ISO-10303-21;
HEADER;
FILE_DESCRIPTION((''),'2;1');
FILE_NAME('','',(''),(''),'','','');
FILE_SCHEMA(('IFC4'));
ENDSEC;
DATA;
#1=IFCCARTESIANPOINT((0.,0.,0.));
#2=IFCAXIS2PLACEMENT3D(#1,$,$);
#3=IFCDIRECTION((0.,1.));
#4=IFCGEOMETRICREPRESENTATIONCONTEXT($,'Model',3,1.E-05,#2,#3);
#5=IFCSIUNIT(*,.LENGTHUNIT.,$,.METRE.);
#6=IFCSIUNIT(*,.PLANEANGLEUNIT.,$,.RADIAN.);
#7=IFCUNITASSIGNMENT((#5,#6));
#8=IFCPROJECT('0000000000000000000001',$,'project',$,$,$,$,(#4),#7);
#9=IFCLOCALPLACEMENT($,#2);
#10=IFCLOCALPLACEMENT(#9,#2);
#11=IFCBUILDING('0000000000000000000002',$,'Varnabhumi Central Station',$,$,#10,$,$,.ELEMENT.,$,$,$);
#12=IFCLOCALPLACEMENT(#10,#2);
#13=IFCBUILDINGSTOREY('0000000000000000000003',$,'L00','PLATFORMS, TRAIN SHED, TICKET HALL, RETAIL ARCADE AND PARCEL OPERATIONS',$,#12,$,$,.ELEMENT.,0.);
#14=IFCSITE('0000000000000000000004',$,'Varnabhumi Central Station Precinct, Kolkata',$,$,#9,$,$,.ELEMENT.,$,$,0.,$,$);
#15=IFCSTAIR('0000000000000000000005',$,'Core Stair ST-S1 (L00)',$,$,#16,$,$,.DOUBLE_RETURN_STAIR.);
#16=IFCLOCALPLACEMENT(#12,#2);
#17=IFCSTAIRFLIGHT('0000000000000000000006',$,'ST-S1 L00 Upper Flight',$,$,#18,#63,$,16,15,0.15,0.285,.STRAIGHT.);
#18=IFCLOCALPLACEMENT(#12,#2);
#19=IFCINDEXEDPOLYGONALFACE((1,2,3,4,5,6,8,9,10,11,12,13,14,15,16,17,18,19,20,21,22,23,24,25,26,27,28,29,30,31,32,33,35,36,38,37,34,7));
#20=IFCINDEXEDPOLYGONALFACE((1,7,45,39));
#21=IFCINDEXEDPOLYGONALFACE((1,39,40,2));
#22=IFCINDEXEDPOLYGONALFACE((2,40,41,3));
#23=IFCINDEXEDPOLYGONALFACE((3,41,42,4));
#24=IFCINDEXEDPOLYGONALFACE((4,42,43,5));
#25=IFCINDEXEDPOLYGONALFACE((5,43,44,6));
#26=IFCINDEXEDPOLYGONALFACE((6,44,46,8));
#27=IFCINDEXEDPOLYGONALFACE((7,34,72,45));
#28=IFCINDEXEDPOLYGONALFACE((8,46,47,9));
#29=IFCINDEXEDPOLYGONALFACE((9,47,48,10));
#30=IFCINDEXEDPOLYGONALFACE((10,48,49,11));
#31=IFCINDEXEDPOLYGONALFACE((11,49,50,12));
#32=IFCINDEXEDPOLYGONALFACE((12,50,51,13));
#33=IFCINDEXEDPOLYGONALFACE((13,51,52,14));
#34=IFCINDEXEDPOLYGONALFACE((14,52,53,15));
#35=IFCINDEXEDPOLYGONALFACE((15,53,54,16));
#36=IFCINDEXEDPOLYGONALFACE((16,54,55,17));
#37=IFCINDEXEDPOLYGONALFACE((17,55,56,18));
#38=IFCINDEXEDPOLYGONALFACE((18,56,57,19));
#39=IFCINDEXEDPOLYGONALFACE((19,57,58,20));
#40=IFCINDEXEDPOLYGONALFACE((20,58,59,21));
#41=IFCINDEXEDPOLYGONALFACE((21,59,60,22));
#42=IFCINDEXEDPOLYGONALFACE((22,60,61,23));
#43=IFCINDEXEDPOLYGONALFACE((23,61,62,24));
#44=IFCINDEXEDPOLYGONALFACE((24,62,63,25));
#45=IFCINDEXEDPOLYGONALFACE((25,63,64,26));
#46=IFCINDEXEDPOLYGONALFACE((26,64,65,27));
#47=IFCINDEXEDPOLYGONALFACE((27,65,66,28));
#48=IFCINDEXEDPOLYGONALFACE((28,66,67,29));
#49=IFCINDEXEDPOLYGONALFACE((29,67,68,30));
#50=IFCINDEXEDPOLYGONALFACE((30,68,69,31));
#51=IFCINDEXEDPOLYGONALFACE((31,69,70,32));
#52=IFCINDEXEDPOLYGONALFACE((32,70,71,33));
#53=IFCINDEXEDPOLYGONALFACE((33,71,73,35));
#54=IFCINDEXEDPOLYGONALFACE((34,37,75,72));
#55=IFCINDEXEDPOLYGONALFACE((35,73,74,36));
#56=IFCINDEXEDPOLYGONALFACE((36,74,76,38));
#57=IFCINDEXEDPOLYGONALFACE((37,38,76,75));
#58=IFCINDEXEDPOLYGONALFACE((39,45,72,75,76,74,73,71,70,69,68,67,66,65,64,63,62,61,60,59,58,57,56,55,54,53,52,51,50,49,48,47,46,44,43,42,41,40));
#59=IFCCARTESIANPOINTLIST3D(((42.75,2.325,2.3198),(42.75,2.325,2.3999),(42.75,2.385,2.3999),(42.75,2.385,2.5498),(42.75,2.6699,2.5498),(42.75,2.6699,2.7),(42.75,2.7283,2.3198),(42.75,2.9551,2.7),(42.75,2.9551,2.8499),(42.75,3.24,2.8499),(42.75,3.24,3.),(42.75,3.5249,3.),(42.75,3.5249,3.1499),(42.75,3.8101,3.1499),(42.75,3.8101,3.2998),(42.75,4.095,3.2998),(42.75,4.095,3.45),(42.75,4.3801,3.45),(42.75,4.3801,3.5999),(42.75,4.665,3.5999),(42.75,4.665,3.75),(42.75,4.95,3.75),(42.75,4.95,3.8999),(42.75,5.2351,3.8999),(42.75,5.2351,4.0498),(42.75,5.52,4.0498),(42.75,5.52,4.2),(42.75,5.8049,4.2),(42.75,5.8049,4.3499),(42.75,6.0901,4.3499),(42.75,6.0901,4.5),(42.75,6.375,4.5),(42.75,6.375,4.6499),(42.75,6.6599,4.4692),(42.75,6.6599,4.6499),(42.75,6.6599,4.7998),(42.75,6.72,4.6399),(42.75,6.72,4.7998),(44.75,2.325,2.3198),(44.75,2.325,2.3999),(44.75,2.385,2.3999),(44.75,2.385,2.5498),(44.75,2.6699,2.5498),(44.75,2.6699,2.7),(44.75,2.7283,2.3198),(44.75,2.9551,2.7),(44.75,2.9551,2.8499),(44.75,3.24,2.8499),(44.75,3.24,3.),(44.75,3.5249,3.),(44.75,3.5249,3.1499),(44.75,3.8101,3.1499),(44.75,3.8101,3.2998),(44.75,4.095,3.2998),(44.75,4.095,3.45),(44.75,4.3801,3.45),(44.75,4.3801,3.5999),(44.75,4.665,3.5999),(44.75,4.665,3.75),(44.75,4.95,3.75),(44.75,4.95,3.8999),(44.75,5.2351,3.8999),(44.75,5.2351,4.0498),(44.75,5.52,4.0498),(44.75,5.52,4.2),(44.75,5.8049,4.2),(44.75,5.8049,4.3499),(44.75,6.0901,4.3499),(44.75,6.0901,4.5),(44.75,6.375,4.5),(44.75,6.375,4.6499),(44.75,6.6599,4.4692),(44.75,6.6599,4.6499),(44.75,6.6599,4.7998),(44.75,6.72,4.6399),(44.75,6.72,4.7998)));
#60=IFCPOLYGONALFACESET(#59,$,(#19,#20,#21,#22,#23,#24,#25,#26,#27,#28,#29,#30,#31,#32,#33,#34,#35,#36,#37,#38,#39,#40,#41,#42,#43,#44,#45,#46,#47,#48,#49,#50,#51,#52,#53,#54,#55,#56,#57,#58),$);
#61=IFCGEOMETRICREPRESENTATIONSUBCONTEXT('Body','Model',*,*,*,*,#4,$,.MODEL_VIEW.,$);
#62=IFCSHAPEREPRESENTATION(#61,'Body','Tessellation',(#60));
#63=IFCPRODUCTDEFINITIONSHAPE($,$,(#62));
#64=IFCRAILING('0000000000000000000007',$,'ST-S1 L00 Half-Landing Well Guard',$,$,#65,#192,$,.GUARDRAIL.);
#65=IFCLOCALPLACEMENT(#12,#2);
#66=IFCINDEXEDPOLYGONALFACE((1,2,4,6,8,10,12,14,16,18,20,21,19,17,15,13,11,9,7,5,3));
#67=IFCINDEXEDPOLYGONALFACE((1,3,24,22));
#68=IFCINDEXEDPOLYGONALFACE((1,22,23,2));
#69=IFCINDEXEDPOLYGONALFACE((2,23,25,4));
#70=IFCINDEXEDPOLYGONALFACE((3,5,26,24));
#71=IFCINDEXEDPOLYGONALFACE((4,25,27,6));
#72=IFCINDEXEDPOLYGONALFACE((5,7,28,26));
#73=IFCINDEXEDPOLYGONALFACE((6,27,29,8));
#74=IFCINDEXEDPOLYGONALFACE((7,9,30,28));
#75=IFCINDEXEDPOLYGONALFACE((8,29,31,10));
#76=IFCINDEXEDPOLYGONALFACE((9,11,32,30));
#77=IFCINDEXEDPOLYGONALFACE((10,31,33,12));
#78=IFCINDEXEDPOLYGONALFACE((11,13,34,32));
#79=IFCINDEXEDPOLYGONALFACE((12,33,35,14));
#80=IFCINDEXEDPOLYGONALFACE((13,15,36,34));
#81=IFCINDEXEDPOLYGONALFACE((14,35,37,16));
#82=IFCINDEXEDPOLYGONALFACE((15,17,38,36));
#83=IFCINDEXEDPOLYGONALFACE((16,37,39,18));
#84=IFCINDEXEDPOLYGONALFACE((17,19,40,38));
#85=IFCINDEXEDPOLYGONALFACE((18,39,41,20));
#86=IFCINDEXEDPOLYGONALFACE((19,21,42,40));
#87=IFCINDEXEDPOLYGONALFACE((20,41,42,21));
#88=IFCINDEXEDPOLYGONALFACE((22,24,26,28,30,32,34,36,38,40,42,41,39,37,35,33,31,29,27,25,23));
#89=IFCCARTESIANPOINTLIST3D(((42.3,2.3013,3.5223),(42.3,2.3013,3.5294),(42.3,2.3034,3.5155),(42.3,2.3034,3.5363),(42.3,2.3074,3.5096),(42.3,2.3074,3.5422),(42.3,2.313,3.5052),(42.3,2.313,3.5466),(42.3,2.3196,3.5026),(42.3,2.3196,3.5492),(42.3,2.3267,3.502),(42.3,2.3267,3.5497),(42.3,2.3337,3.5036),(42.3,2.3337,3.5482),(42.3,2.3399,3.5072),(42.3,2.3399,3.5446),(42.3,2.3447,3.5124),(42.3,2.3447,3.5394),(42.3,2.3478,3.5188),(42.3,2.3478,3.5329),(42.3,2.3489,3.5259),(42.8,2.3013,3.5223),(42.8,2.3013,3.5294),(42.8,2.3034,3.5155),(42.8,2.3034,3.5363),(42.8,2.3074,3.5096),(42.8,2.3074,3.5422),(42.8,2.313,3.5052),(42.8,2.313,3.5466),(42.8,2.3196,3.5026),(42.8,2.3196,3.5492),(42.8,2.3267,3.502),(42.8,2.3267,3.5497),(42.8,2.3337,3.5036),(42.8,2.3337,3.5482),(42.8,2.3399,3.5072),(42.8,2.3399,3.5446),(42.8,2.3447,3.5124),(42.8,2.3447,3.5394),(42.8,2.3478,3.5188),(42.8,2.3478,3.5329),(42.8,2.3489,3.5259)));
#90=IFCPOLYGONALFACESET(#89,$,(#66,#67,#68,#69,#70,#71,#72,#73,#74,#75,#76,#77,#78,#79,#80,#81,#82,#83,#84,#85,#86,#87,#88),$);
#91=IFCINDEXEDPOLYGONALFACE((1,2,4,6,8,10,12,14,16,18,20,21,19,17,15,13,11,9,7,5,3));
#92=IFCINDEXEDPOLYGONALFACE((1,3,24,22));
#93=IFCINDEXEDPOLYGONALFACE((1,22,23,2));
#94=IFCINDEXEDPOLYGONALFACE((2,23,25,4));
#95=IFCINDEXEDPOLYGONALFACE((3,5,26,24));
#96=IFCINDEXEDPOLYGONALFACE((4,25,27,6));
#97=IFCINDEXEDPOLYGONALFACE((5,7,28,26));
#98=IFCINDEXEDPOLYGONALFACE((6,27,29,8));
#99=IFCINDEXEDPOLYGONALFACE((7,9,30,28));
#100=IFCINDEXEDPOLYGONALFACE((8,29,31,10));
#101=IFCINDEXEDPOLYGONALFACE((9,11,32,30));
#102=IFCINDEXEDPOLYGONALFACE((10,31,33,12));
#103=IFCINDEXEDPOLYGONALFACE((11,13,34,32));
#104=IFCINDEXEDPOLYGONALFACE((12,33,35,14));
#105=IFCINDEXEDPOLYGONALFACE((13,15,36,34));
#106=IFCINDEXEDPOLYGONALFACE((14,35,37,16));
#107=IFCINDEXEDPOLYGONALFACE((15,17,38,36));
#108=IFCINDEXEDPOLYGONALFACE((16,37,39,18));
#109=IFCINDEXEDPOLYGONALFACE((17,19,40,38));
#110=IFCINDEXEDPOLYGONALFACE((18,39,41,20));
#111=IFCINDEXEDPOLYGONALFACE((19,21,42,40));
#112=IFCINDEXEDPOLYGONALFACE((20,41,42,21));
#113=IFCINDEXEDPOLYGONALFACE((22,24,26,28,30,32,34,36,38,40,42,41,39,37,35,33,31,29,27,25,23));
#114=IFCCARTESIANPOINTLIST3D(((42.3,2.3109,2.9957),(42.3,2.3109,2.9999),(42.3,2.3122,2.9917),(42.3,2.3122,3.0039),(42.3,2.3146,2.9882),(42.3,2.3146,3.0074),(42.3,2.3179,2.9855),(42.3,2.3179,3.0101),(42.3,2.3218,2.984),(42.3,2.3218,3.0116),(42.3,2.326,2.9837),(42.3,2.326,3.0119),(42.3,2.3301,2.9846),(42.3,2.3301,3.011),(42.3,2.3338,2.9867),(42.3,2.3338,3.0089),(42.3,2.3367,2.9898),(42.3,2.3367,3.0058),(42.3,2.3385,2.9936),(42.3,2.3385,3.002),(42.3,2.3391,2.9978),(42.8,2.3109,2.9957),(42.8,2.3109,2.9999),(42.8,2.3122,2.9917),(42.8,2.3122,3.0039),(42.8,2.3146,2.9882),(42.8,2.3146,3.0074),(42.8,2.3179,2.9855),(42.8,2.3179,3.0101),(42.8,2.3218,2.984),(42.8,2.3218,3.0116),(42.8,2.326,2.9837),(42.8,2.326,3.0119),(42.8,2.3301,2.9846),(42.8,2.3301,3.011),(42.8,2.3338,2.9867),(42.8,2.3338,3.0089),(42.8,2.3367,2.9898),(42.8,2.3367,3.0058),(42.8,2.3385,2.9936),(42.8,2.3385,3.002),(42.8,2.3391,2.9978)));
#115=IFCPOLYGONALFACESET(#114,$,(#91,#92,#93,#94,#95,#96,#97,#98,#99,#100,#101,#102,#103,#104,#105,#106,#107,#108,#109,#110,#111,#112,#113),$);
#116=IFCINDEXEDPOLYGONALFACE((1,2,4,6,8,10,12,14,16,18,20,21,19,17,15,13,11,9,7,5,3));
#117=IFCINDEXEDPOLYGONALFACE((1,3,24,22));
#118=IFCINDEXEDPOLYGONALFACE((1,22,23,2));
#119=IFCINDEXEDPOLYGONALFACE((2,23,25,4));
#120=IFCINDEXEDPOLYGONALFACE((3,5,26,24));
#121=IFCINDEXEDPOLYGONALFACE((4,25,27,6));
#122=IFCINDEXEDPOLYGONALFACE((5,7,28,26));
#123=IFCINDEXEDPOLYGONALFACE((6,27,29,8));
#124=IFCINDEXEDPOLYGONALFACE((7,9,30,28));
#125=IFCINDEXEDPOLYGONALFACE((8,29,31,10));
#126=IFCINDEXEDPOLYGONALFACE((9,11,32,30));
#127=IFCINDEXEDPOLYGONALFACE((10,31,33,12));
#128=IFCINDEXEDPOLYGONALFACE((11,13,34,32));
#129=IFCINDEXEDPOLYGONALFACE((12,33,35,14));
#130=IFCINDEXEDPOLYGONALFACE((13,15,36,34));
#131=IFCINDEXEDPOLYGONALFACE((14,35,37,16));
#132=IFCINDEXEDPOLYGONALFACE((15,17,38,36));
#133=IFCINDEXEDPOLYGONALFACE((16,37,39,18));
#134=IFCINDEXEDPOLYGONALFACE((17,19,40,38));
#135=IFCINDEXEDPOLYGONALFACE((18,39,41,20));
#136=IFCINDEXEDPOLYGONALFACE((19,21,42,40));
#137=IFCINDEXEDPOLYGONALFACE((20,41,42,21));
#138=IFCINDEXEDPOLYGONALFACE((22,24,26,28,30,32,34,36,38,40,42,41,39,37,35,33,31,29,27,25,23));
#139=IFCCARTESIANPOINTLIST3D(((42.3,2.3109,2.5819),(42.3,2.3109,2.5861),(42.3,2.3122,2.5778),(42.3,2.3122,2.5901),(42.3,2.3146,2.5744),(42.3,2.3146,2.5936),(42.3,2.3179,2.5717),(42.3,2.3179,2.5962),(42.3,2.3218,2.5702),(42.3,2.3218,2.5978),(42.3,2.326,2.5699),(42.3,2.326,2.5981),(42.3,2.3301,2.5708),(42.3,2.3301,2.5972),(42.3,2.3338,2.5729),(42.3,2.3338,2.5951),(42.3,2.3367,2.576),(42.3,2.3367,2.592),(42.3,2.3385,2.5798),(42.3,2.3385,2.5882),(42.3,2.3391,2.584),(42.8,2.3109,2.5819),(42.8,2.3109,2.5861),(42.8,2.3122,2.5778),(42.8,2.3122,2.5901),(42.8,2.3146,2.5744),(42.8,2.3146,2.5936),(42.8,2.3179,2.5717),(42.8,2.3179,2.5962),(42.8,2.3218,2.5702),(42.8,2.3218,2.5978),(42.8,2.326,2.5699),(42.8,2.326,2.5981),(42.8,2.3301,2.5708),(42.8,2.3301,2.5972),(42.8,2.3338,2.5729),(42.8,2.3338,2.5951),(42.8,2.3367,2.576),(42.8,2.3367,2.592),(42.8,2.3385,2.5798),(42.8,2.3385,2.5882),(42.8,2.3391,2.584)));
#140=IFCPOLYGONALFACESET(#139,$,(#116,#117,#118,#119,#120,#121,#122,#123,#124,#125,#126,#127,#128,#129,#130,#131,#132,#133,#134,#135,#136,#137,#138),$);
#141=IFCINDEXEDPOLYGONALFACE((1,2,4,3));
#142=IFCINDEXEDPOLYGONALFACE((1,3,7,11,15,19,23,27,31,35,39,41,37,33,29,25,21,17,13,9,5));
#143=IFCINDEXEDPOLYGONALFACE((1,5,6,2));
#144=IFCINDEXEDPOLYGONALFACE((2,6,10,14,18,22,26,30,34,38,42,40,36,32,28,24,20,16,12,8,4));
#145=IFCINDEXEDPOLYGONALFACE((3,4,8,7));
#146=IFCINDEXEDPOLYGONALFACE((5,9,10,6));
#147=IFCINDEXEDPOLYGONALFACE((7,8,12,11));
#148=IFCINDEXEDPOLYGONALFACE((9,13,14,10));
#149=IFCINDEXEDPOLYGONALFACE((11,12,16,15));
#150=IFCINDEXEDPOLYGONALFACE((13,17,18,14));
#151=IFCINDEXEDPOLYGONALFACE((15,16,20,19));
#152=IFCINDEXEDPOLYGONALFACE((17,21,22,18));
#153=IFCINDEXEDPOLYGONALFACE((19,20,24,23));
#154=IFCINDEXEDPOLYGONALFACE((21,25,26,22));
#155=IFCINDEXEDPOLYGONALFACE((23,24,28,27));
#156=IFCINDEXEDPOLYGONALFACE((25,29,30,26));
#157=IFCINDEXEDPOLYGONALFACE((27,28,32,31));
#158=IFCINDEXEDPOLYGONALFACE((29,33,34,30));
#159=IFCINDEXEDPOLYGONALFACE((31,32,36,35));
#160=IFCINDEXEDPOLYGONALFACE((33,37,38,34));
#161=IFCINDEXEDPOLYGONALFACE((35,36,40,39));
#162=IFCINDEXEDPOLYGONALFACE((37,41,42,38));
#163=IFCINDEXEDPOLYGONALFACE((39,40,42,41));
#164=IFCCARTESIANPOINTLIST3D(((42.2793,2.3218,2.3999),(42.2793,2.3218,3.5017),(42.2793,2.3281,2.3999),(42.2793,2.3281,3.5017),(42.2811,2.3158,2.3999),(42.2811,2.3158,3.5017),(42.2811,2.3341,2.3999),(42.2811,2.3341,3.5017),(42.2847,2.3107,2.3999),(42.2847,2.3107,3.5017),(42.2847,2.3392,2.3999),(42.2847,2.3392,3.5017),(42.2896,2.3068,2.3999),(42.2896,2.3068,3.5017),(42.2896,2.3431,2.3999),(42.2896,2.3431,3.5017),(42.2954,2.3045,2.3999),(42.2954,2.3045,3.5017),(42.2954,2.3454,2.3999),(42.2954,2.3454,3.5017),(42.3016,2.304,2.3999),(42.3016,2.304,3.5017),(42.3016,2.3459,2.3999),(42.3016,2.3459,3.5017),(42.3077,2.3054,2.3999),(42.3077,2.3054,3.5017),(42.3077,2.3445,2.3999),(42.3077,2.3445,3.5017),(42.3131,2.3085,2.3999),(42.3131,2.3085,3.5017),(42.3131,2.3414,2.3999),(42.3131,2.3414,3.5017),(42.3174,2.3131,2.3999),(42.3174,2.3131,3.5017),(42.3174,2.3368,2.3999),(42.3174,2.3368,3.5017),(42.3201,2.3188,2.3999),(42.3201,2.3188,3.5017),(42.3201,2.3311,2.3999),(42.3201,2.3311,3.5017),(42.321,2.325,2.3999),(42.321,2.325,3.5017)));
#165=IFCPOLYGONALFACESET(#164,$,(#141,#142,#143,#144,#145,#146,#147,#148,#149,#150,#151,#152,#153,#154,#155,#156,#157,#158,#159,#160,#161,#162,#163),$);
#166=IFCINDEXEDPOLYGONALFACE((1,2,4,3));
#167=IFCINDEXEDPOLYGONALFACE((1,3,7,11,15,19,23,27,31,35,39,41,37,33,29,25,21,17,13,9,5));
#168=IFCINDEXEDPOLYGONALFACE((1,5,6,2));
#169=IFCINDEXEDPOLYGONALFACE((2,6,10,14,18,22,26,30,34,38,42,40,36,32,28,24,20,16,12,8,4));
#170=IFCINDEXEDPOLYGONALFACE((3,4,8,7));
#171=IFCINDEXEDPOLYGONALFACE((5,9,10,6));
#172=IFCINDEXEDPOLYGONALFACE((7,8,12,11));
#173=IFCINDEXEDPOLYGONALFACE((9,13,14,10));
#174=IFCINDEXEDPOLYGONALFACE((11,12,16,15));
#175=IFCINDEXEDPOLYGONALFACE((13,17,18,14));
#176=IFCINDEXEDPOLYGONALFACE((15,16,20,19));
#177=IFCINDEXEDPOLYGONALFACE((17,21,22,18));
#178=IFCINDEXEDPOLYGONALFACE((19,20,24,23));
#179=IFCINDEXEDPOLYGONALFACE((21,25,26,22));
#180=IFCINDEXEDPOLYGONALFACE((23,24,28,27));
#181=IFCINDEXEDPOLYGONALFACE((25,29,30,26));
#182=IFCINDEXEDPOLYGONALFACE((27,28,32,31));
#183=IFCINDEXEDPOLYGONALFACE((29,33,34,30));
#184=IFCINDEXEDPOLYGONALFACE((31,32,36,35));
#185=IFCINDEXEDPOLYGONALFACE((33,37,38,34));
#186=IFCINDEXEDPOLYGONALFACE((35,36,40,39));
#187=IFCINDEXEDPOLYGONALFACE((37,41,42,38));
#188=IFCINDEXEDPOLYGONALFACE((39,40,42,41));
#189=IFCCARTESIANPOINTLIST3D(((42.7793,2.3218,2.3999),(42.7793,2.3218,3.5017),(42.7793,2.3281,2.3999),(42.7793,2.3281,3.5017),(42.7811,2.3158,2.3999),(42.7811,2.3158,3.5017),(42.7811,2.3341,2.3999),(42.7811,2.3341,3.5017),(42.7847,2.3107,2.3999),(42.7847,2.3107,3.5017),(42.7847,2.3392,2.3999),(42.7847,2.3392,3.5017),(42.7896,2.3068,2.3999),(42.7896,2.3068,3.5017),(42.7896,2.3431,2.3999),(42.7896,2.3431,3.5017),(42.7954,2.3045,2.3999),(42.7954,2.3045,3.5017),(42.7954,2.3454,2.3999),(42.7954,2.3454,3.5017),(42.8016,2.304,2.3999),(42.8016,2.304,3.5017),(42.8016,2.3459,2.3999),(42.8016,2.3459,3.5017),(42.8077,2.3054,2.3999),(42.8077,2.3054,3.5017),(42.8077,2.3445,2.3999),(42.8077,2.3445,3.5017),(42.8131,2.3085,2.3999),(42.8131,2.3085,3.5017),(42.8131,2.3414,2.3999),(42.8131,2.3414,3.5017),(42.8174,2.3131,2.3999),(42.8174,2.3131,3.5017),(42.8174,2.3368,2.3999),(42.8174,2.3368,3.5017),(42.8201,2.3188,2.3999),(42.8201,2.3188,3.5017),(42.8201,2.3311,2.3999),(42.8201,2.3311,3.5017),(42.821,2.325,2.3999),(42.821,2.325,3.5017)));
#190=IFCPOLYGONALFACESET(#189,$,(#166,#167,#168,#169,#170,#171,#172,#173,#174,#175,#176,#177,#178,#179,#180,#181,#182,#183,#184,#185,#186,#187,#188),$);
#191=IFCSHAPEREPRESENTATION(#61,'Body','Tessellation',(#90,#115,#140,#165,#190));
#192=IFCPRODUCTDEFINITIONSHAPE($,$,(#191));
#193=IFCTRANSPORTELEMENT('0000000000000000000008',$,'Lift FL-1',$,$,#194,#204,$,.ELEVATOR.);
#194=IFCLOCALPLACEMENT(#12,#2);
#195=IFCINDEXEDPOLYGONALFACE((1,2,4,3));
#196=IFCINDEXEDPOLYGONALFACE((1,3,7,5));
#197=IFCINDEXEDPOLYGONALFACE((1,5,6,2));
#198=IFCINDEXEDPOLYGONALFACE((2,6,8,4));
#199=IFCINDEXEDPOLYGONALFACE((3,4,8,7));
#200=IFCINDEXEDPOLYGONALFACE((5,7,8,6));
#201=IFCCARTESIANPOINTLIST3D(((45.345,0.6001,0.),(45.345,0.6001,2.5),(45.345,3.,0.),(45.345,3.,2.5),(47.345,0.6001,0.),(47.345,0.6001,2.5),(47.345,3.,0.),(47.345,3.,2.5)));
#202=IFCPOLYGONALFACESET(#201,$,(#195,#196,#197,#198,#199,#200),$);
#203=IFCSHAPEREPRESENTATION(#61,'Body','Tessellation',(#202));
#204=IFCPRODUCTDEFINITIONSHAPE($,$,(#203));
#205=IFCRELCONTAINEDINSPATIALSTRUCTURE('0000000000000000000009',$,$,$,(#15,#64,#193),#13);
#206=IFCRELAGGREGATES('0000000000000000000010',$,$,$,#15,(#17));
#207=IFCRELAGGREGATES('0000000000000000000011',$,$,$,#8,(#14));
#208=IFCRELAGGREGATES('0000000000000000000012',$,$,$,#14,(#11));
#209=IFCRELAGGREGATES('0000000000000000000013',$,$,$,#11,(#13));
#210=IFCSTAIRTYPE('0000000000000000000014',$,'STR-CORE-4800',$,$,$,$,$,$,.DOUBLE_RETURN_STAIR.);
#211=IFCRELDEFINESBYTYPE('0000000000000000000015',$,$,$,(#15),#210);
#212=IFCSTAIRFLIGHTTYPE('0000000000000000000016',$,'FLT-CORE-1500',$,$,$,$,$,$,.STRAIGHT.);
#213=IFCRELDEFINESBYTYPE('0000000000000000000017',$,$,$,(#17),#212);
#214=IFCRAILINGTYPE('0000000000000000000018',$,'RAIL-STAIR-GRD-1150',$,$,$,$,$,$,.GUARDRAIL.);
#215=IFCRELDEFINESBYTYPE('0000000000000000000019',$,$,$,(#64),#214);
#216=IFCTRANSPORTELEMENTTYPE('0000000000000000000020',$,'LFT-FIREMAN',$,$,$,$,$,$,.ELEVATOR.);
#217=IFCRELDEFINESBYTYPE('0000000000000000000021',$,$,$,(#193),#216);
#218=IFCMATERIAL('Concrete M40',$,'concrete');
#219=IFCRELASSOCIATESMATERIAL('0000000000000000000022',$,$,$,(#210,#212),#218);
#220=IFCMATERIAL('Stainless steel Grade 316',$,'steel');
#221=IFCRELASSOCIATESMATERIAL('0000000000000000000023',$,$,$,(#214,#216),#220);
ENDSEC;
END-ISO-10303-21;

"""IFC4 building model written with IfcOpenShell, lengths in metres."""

from ifc_helpers import new_model, si_unit, direction, frame, origin, origin_2d, place, context, subcontext, project, spatial, polyline, rectangle, circle, outline, extrude, material, type_object, element, aggregate, save


model = new_model("IFC4")

# Units and contexts
model_context = context("Model", 3, precision=1e-05, world=origin(), true_north=direction((0.0, 1.0)))
body_context = subcontext(model_context, "Body", "Model", "MODEL_VIEW")
ifc_project = project(units=[si_unit("LENGTHUNIT", "METRE"), si_unit("PLANEANGLEUNIT", "RADIAN")], contexts=[model_context])

# Site, building, storey
site_placement = place(None, origin())
site = spatial("IfcSite", under=ifc_project, at=site_placement, Name="Varnabhumi Central Station Precinct, Kolkata", CompositionType="ELEMENT", RefElevation=0.0)
building_placement = place(site_placement, origin())
building = spatial("IfcBuilding", under=site, at=building_placement, Name="Varnabhumi Central Station", CompositionType="ELEMENT")
storey_placement = place(building_placement, origin())
storey = spatial("IfcBuildingStorey", under=building, at=storey_placement, Name="L00", Description="PLATFORMS, TRAIN SHED, TICKET HALL, RETAIL ARCADE AND PARCEL OPERATIONS", CompositionType="ELEMENT", Elevation=0.0)

# Shared definitions
ifc_material_1 = material(Name="Concrete M40", Category="concrete")

# Shared definitions
ifc_material_2 = material(Name="Stainless steel Grade 316", Category="steel")

# Stair, stair flight
stair_type = type_object("IfcStairType", Name="STR-CORE-4800", PredefinedType="DOUBLE_RETURN_STAIR", material=ifc_material_1)
stair_placement = place(storey_placement, origin())
stair = element("IfcStair", 1, at=stair_placement, inside=storey, type_object=stair_type, Name="Core Stair ST-S1 (L00)", PredefinedType="DOUBLE_RETURN_STAIR")
stair_flight_type = type_object("IfcStairFlightType", Name="FLT-CORE-1500", PredefinedType="STRAIGHT", material=ifc_material_1)
stair_flight_placement = place(storey_placement, frame((43.75, 2.385, 2.3999), z_axis=(0.0, 0.0, 1.0), x_axis=(0.0, 1.0, 0.0)))
stair_flight = element("IfcStairFlight", 2, at=stair_flight_placement, type_object=stair_flight_type, Name="ST-S1 L00 Upper Flight", NumberOfRisers=16, NumberOfTreads=15, PredefinedType="STRAIGHT", RiserHeight=0.15, TreadLength=0.285, context=body_context, shape_type="SweptSolid", body=[
    extrude(outline(polyline([(-0.0601, -0.0801), (-0.0601, 0.0), (0.0, 0.0), (0.0, 0.1499), (0.2849, 0.1499), (0.2849, 0.3), (0.5701, 0.3), (0.5701, 0.45), (0.855, 0.45), (0.855, 0.6001), (1.1399, 0.6001), (1.1399, 0.75), (1.425, 0.75), (1.425, 0.8999), (1.71, 0.8999), (1.71, 1.05), (1.9951, 1.05), (1.9951, 1.2), (2.28, 1.2), (2.28, 1.3501), (2.5649, 1.3501), (2.5649, 1.5), (2.8501, 1.5), (2.8501, 1.6499), (3.135, 1.6499), (3.135, 1.8), (3.4199, 1.8), (3.4199, 1.95), (3.7051, 1.95), (3.7051, 2.1001), (3.99, 2.1001), (3.99, 2.25), (4.2749, 2.25), (4.2749, 2.3999), (4.335, 2.3999), (4.335, 2.24), (4.2749, 2.0693), (0.3433, -0.0801), (-0.0601, -0.0801)])), frame((0.0, 1.0, 0.0), z_axis=(0.0, -1.0, 0.0), x_axis=(1.0, 0.0, 0.0)), (0.0, 0.0, 1.0), 2.0),
])
aggregate(stair, [stair_flight])

# Railing
railing_type_1 = type_object("IfcRailingType", Name="RAIL-STAIR-GRD-1150", PredefinedType="GUARDRAIL", material=ifc_material_2)
railing_1_placement = place(storey_placement, frame((42.3, 2.325, 2.3999)))
element("IfcRailing", 3, at=railing_1_placement, inside=storey, type_object=railing_type_1, Name="ST-S1 L00 Half-Landing Well Guard", PredefinedType="GUARDRAIL", context=body_context, shape_type="SweptSolid", body=[
    extrude(circle(Radius=0.0239, at=origin_2d()), frame((0.0, 0.0, 1.126), z_axis=(1.0, 0.0, 0.0), x_axis=(0.0, 1.0, 0.0)), (0.0, 0.0, 1.0), 0.5),
    extrude(circle(Radius=0.0142, at=origin_2d()), frame((0.0, 0.0, 0.5979), z_axis=(1.0, 0.0, 0.0), x_axis=(0.0, 1.0, 0.0)), (0.0, 0.0, 1.0), 0.5),
    extrude(circle(Radius=0.0142, at=origin_2d()), frame((0.0, 0.0, 0.1841), z_axis=(1.0, 0.0, 0.0), x_axis=(0.0, 1.0, 0.0)), (0.0, 0.0, 1.0), 0.5),
    extrude(circle(Radius=0.021, at=origin_2d()), origin(), (0.0, 0.0, 1.0), 1.1018),
    extrude(circle(Radius=0.021, at=origin_2d()), frame((0.5, 0.0, 0.0)), (0.0, 0.0, 1.0), 1.1018),
])

# Transport element
transport_element_type = type_object("IfcTransportElementType", Name="LFT-FIREMAN", PredefinedType="ELEVATOR", material=ifc_material_2)
transport_element_placement = place(storey_placement, frame((46.345, 1.8, 0.0), z_axis=(0.0, 0.0, 1.0), x_axis=(1.0, 0.0, 0.0)))
element("IfcTransportElement", 4, at=transport_element_placement, inside=storey, type_object=transport_element_type, Name="Lift FL-1", PredefinedType="ELEVATOR", context=body_context, shape_type="SweptSolid", body=[
    extrude(rectangle(XDim=2.0, YDim=2.3999, at=origin_2d()), origin(), (0.0, 0.0, 1.0), 2.5),
])

save(model, "model.ifc")
